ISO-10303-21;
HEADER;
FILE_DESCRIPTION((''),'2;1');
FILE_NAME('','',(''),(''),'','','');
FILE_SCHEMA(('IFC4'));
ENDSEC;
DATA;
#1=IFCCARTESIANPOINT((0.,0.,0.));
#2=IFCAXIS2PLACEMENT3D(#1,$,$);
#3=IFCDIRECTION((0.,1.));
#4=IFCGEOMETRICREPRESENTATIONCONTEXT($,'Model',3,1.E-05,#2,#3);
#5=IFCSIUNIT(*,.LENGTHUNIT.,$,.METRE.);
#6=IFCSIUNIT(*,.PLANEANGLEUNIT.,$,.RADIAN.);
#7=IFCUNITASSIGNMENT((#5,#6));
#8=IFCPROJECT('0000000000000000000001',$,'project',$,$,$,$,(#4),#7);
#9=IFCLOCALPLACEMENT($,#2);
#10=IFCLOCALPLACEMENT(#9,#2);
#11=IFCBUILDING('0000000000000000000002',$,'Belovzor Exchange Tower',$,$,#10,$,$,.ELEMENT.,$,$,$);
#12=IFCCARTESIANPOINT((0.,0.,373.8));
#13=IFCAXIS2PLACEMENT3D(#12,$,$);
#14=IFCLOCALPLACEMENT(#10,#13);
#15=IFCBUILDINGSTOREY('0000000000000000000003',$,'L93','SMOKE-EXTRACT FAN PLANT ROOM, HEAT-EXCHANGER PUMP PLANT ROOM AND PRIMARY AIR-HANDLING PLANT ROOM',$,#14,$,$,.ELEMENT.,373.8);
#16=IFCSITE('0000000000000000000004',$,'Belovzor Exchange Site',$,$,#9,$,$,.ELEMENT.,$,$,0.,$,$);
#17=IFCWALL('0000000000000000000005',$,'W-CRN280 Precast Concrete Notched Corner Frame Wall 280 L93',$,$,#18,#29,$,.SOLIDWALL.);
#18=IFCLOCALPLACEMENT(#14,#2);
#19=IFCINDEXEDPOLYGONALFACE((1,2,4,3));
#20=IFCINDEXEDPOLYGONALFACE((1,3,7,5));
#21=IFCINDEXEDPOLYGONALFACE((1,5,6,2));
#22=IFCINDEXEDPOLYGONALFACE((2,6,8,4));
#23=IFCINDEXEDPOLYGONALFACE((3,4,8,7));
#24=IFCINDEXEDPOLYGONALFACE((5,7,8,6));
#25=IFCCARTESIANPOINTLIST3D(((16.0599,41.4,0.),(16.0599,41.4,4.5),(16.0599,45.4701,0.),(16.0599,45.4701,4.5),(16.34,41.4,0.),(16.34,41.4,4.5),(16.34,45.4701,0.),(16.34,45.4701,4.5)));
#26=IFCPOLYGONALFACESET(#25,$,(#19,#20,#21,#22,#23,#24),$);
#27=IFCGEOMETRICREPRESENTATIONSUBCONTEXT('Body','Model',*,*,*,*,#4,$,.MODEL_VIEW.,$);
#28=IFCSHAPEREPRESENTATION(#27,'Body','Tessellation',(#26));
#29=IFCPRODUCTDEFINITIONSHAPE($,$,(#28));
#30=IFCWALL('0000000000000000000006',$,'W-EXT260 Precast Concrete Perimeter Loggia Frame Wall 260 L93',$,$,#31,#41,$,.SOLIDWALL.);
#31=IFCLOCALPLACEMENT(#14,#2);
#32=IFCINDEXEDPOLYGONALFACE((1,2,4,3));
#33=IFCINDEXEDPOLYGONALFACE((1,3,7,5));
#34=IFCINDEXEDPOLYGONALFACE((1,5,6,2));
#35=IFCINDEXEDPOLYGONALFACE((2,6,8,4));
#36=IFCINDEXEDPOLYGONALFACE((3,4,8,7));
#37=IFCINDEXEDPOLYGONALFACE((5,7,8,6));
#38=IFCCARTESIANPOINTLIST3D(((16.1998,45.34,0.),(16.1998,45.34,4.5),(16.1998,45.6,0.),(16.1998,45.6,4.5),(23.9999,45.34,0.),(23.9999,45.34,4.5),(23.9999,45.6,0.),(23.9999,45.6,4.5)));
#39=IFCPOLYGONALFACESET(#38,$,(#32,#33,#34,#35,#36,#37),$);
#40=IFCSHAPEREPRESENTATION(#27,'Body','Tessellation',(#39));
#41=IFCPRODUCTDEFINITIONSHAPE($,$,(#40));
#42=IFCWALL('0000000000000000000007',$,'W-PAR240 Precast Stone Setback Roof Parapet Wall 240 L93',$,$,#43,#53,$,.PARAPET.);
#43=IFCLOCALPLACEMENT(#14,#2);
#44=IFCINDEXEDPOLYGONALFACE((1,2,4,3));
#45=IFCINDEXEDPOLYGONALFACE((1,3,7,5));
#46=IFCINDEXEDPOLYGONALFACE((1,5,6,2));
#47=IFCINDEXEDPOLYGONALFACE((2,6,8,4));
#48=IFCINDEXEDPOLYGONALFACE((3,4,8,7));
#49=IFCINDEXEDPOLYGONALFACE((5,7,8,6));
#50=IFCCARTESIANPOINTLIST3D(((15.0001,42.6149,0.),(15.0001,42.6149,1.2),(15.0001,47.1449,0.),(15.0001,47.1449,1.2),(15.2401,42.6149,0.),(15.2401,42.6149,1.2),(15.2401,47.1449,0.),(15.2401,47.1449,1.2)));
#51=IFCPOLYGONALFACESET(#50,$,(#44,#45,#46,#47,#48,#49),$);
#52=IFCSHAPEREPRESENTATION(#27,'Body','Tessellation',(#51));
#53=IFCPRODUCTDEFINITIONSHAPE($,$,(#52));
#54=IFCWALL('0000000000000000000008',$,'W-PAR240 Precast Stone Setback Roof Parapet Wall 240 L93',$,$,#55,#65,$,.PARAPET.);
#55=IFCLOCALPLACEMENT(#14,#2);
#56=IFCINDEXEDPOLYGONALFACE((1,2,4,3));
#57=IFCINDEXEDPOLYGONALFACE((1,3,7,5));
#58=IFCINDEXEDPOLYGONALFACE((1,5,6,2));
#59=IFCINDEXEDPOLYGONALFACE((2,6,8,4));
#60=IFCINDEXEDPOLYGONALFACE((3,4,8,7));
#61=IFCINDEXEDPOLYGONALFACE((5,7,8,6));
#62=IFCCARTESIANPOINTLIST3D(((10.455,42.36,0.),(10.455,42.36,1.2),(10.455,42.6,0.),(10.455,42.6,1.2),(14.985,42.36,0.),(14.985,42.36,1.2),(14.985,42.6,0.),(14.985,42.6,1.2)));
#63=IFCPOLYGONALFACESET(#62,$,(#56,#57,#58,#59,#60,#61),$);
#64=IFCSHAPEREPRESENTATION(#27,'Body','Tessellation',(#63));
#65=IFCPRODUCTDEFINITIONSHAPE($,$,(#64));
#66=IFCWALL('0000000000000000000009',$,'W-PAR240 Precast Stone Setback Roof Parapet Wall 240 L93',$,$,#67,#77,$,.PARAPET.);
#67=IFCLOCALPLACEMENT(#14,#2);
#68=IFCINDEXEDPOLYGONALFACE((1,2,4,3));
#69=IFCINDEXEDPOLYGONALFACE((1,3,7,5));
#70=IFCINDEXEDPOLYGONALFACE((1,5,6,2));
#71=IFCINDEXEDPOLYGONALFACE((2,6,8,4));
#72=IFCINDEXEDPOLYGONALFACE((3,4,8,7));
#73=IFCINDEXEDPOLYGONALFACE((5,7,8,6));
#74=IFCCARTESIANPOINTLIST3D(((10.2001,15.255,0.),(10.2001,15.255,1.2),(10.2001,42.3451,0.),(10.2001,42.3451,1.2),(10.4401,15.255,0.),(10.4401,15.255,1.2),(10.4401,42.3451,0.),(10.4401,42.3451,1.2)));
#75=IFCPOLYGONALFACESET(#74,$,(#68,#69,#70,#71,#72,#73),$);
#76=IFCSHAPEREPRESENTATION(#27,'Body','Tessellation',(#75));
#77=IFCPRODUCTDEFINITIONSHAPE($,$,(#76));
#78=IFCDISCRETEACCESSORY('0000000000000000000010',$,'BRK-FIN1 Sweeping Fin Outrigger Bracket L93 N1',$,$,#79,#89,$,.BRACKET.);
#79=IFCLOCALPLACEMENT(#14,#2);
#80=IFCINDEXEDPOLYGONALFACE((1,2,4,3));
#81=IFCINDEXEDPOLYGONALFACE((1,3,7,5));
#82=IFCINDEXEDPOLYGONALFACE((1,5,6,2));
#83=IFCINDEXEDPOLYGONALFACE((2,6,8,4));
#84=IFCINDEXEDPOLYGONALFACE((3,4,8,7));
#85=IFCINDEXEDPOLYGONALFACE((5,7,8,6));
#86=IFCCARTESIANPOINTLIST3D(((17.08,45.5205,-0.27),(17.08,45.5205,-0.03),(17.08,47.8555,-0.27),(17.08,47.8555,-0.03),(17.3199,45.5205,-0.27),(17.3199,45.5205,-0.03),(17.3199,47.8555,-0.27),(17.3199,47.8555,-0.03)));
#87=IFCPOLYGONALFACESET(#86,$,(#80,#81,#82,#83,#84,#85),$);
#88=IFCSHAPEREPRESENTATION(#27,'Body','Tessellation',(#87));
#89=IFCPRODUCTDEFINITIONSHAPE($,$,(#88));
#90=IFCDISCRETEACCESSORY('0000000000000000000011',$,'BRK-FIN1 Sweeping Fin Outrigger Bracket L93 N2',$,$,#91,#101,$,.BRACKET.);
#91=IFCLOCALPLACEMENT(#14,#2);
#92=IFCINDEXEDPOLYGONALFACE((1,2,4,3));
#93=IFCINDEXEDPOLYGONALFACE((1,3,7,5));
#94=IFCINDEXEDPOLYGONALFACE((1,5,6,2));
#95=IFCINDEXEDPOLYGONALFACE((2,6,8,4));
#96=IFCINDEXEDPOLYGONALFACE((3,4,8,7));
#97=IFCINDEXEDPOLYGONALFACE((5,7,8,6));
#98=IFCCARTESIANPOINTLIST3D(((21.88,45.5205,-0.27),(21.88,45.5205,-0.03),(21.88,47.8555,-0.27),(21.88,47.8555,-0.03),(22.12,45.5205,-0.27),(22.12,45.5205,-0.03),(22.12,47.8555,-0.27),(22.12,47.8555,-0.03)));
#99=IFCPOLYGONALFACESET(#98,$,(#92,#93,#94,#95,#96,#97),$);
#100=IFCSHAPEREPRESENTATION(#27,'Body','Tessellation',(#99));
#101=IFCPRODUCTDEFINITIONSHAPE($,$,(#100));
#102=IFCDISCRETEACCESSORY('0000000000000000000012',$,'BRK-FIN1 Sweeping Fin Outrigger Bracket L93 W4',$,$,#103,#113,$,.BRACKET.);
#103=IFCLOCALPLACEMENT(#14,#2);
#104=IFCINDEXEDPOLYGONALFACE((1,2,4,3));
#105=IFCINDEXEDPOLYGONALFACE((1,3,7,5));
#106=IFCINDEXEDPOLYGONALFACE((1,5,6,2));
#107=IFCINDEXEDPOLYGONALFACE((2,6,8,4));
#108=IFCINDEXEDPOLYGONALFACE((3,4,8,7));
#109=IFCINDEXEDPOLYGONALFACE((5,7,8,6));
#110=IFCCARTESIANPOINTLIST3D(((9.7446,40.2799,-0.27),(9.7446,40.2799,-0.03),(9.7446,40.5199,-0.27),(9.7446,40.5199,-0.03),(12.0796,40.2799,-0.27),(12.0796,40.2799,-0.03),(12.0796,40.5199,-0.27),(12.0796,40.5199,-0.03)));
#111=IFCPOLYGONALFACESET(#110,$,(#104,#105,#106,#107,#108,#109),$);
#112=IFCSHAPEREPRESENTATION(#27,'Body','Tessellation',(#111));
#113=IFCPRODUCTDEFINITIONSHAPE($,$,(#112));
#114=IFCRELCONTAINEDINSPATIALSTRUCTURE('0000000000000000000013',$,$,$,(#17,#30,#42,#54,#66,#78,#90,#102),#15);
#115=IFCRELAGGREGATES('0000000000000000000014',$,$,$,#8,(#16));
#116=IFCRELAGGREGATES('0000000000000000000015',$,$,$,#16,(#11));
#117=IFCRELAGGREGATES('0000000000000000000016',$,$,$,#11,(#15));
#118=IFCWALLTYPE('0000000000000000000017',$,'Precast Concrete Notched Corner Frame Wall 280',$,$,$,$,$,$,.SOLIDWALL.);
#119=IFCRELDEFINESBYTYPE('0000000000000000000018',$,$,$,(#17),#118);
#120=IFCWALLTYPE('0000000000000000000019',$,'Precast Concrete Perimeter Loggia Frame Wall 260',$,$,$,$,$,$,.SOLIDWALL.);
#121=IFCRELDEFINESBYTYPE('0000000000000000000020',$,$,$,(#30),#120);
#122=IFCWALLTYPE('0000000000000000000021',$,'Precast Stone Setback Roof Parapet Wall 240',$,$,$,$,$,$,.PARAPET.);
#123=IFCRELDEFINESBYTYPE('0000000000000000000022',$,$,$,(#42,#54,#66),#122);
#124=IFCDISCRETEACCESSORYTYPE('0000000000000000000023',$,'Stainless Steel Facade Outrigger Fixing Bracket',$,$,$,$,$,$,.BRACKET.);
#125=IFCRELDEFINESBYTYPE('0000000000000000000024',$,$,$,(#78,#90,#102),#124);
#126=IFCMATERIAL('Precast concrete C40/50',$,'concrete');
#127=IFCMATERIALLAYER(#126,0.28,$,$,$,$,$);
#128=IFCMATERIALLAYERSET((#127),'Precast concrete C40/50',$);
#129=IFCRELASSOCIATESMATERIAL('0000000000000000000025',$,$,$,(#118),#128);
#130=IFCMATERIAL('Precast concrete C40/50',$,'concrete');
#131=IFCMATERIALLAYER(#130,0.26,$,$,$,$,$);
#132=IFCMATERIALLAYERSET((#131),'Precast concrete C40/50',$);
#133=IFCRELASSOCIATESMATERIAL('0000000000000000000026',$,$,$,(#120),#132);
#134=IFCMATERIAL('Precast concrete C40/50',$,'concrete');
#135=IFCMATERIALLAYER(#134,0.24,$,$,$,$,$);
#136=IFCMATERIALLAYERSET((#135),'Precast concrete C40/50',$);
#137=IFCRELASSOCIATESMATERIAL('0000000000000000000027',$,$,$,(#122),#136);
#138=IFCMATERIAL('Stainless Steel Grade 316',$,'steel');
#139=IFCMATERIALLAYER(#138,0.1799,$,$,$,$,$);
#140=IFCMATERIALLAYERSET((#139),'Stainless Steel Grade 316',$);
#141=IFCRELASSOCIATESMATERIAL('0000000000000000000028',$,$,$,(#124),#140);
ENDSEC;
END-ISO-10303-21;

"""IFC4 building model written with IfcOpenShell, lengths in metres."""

from ifc_helpers import new_model, si_unit, direction, frame, frame_2d, origin, origin_2d, place, context, subcontext, project, spatial, rectangle, extrude, material, layer, layer_set, type_object, element, save


model = new_model("IFC4")

# Units and contexts
model_context = context("Model", 3, precision=1e-05, world=origin(), true_north=direction((0.0, 1.0)))
body_context = subcontext(model_context, "Body", "Model", "MODEL_VIEW")
ifc_project = project(units=[si_unit("LENGTHUNIT", "METRE"), si_unit("PLANEANGLEUNIT", "RADIAN")], contexts=[model_context])

# Site, building, storey
site_placement = place(None, origin())
site = spatial("IfcSite", under=ifc_project, at=site_placement, Name="Belovzor Exchange Site", CompositionType="ELEMENT", RefElevation=0.0)
building_placement = place(site_placement, origin())
building = spatial("IfcBuilding", under=site, at=building_placement, Name="Belovzor Exchange Tower", CompositionType="ELEMENT")
storey_placement = place(building_placement, frame((0.0, 0.0, 373.8)))
storey = spatial("IfcBuildingStorey", under=building, at=storey_placement, Name="L93", Description="SMOKE-EXTRACT FAN PLANT ROOM, HEAT-EXCHANGER PUMP PLANT ROOM AND PRIMARY AIR-HANDLING PLANT ROOM", CompositionType="ELEMENT", Elevation=373.8)

# Walls
ifc_material_1 = material(Name="Precast concrete C40/50", Category="concrete")
ifc_layer_1 = layer(ifc_material_1, 0.28)
ifc_layer_set_1 = layer_set([ifc_layer_1], Name="Precast concrete C40/50")
wall_type_1 = type_object("IfcWallType", Name="Precast Concrete Notched Corner Frame Wall 280", PredefinedType="SOLIDWALL", material=ifc_layer_set_1)
for number, where, z_axis, x_axis, name in (
    (1, (16.2, 41.3999, 0.0), (0.0, 0.0, 1.0), (0.0, 1.0, 0.0), "W-CRN280 Precast Concrete Notched Corner Frame Wall 280 L93"),
):
    element("IfcWall", number, at=place(storey_placement, frame(where, z_axis=z_axis, x_axis=x_axis)), inside=storey, type_object=wall_type_1, Name=name, PredefinedType="SOLIDWALL", context=body_context, shape_type="SweptSolid", body=[
        extrude(rectangle(XDim=4.0701, YDim=0.28, at=frame_2d((2.0352, 0.0))), origin(), (0.0, 0.0, 1.0), 4.5),
    ])
ifc_material_2 = material(Name="Precast concrete C40/50", Category="concrete")
ifc_layer_2 = layer(ifc_material_2, 0.26)
ifc_layer_set_2 = layer_set([ifc_layer_2], Name="Precast concrete C40/50")
wall_type_2 = type_object("IfcWallType", Name="Precast Concrete Perimeter Loggia Frame Wall 260", PredefinedType="SOLIDWALL", material=ifc_layer_set_2)
wall_1_placement = place(storey_placement, frame((16.2, 45.47, 0.0), z_axis=(0.0, 0.0, 1.0), x_axis=(1.0, 0.0, 0.0)))
element("IfcWall", 2, at=wall_1_placement, inside=storey, type_object=wall_type_2, Name="W-EXT260 Precast Concrete Perimeter Loggia Frame Wall 260 L93", PredefinedType="SOLIDWALL", context=body_context, shape_type="SweptSolid", body=[
    extrude(rectangle(XDim=7.8, YDim=0.26, at=frame_2d((3.8999, 0.0))), origin(), (0.0, 0.0, 1.0), 4.5),
])
ifc_material_3 = material(Name="Precast concrete C40/50", Category="concrete")
ifc_layer_3 = layer(ifc_material_3, 0.24)
ifc_layer_set_3 = layer_set([ifc_layer_3], Name="Precast concrete C40/50")
wall_type_3 = type_object("IfcWallType", Name="Precast Stone Setback Roof Parapet Wall 240", PredefinedType="PARAPET", material=ifc_layer_set_3)
for number, where, z_axis, x_axis, name in (
    (3, (15.1201, 47.145, 0.0), (0.0, 0.0, 1.0), (0.0, -1.0, 0.0), "W-PAR240 Precast Stone Setback Roof Parapet Wall 240 L93"),
    (4, (14.9851, 42.48, 0.0), (0.0, 0.0, 1.0), (-1.0, 0.0, 0.0), "W-PAR240 Precast Stone Setback Roof Parapet Wall 240 L93"),
):
    element("IfcWall", number, at=place(storey_placement, frame(where, z_axis=z_axis, x_axis=x_axis)), inside=storey, type_object=wall_type_3, Name=name, PredefinedType="PARAPET", context=body_context, shape_type="SweptSolid", body=[
        extrude(rectangle(XDim=4.53, YDim=0.24, at=frame_2d((2.2651, 0.0))), origin(), (0.0, 0.0, 1.0), 1.2),
    ])
wall_2_placement = place(storey_placement, frame((10.3201, 42.345, 0.0), z_axis=(0.0, 0.0, 1.0), x_axis=(0.0, -1.0, 0.0)))
element("IfcWall", 5, at=wall_2_placement, inside=storey, type_object=wall_type_3, Name="W-PAR240 Precast Stone Setback Roof Parapet Wall 240 L93", PredefinedType="PARAPET", context=body_context, shape_type="SweptSolid", body=[
    extrude(rectangle(XDim=27.0901, YDim=0.24, at=frame_2d((13.5449, 0.0))), origin(), (0.0, 0.0, 1.0), 1.2),
])

# Discrete accessories
ifc_material_4 = material(Name="Stainless Steel Grade 316", Category="steel")
ifc_layer_4 = layer(ifc_material_4, 0.1799)
ifc_layer_set_4 = layer_set([ifc_layer_4], Name="Stainless Steel Grade 316")
discrete_accessory_type = type_object("IfcDiscreteAccessoryType", Name="Stainless Steel Facade Outrigger Fixing Bracket", PredefinedType="BRACKET", material=ifc_layer_set_4)
for number, where, z_axis, x_axis, name in (
    (6, (17.2, 46.688, -0.27), (0.0, 0.0, 1.0), (0.0, 1.0, 0.0), "BRK-FIN1 Sweeping Fin Outrigger Bracket L93 N1"),
    (7, (22.0, 46.688, -0.27), (0.0, 0.0, 1.0), (0.0, 1.0, 0.0), "BRK-FIN1 Sweeping Fin Outrigger Bracket L93 N2"),
    (8, (10.9121, 40.3999, -0.27), (0.0, 0.0, 1.0), (1.0, 0.0, 0.0), "BRK-FIN1 Sweeping Fin Outrigger Bracket L93 W4"),
):
    element("IfcDiscreteAccessory", number, at=place(storey_placement, frame(where, z_axis=z_axis, x_axis=x_axis)), inside=storey, type_object=discrete_accessory_type, Name=name, PredefinedType="BRACKET", context=body_context, shape_type="SweptSolid", body=[
        extrude(rectangle(XDim=2.335, YDim=0.24, at=origin_2d()), origin(), (0.0, 0.0, 1.0), 0.24),
    ])

save(model, "model.ifc")
